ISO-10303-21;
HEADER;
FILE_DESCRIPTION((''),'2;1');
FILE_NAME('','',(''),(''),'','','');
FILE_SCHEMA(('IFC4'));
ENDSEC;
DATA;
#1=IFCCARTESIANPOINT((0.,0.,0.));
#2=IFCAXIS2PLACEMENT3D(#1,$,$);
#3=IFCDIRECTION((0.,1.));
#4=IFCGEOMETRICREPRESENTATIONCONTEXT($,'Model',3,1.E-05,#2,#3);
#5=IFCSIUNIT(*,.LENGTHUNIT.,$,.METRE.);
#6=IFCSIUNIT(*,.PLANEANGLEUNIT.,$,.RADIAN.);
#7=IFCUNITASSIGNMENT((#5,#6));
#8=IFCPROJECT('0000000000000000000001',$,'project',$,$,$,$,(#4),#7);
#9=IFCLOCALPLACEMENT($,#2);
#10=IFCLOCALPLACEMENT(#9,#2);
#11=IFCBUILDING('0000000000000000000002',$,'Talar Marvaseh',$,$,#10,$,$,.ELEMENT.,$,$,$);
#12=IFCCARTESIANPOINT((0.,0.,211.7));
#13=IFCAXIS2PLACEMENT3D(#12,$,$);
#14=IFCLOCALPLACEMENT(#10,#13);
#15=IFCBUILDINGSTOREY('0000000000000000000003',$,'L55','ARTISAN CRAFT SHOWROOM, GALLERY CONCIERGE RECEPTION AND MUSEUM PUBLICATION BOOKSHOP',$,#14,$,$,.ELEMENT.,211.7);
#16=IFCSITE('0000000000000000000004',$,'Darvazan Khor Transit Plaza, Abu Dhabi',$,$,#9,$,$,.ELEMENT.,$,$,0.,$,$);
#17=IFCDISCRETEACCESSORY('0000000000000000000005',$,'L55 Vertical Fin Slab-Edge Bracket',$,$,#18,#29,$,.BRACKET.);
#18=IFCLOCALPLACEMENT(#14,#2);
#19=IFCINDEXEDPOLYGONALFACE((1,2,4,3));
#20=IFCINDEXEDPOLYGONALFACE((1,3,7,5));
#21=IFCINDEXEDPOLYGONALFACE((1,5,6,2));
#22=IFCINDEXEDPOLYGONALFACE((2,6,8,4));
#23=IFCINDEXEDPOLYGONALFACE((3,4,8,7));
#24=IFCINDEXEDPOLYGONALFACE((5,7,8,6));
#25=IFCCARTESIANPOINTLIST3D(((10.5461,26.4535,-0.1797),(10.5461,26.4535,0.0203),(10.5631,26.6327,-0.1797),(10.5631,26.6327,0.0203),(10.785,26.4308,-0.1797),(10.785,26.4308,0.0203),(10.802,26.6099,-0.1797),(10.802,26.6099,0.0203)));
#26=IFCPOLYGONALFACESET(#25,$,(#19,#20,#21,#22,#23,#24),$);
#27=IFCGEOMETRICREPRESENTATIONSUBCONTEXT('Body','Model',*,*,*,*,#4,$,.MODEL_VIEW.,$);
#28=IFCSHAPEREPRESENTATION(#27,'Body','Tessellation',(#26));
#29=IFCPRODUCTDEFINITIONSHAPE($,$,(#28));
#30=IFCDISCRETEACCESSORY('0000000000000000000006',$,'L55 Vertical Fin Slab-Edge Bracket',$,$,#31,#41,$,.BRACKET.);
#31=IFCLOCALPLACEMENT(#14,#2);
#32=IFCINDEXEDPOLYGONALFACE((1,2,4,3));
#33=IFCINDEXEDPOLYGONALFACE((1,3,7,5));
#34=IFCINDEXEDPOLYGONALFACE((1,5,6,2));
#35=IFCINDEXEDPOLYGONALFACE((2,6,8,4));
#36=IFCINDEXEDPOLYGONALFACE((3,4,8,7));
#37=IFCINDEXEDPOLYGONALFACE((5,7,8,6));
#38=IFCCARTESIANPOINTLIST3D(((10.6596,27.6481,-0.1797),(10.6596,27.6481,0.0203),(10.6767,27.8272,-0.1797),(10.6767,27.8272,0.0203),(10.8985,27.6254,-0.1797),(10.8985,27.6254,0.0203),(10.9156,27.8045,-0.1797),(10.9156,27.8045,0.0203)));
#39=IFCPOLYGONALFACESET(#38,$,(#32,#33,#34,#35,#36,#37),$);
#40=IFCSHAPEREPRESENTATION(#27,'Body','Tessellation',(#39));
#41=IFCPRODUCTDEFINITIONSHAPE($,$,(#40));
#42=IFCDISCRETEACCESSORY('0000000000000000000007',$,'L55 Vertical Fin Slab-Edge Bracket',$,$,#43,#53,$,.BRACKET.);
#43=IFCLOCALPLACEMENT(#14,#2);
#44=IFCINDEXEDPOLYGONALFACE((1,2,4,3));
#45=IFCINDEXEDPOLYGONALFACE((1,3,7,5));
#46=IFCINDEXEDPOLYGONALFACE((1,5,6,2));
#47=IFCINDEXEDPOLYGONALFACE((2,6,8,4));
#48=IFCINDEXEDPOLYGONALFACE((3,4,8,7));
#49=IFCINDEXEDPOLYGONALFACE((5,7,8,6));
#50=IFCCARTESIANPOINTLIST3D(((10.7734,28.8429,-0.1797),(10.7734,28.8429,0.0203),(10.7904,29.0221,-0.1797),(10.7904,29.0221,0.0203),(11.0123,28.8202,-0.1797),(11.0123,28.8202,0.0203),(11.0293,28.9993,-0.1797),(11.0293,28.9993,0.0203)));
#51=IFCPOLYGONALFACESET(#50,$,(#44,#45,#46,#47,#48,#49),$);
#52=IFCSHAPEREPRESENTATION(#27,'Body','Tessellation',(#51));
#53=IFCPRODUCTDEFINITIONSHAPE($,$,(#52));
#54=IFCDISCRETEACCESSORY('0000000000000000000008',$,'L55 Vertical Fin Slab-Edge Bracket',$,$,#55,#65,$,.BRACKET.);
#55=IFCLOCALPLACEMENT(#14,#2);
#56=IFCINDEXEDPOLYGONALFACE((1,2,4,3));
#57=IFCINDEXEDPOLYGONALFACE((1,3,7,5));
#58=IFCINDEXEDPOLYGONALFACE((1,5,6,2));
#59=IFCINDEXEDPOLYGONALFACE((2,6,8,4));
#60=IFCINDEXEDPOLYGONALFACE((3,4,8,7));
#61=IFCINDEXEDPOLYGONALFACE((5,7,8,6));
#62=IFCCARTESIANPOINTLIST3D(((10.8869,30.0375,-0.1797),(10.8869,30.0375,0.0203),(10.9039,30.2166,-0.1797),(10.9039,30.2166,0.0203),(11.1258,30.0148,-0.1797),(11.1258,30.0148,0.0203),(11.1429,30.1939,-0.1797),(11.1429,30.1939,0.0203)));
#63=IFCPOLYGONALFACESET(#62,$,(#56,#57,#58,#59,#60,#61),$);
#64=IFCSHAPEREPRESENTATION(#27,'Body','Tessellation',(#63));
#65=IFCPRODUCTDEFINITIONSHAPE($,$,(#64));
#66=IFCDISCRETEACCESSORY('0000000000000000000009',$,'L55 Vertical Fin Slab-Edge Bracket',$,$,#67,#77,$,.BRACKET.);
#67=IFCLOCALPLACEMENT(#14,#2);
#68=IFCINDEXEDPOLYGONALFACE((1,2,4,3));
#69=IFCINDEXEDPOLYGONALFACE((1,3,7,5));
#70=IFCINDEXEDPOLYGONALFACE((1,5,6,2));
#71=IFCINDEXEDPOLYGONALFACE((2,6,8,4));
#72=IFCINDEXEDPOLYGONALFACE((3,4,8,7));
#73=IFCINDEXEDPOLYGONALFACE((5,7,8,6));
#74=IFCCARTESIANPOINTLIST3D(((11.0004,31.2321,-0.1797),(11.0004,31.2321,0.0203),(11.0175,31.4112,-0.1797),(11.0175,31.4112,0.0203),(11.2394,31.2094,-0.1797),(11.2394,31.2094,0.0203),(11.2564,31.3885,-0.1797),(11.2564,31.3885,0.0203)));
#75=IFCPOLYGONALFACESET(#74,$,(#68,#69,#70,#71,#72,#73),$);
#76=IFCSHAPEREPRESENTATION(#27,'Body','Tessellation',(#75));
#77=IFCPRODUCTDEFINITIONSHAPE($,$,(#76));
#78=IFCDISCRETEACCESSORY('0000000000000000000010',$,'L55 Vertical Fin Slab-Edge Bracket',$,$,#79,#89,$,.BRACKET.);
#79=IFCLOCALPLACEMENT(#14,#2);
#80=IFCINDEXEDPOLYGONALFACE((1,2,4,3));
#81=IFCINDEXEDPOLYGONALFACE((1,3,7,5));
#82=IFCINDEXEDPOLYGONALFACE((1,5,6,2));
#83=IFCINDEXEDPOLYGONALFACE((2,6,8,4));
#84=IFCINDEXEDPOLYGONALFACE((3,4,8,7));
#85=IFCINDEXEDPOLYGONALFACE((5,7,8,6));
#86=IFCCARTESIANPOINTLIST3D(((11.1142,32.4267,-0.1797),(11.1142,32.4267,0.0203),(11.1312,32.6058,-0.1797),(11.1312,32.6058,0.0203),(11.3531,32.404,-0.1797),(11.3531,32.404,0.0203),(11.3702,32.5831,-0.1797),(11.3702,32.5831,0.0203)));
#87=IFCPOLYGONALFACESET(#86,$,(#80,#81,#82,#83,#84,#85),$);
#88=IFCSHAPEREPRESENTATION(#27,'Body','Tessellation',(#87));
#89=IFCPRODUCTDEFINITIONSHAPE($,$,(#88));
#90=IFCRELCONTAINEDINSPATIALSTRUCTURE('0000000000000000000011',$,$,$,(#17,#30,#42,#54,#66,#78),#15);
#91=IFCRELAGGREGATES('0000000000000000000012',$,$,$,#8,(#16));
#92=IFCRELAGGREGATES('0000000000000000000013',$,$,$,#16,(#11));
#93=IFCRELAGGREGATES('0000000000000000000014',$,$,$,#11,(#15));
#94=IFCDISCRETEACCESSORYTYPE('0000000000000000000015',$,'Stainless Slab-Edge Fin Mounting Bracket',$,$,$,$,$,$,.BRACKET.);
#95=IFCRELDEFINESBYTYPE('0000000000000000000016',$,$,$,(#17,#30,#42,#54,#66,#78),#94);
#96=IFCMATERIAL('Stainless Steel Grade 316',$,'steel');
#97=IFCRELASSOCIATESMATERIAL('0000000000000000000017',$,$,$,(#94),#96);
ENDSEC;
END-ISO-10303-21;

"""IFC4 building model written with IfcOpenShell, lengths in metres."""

from ifc_helpers import new_model, si_unit, direction, frame, origin, origin_2d, place, context, subcontext, project, spatial, rectangle, extrude, source, transform, mapped, material, type_object, type_shapes, element, save


model = new_model("IFC4")

# Units and contexts
model_context = context("Model", 3, precision=1e-05, world=origin(), true_north=direction((0.0, 1.0)))
body_context = subcontext(model_context, "Body", "Model", "MODEL_VIEW")
ifc_project = project(units=[si_unit("LENGTHUNIT", "METRE"), si_unit("PLANEANGLEUNIT", "RADIAN")], contexts=[model_context])

# Site, building, storey
site_placement = place(None, origin())
site = spatial("IfcSite", under=ifc_project, at=site_placement, Name="Darvazan Khor Transit Plaza, Abu Dhabi", CompositionType="ELEMENT", RefElevation=0.0)
building_placement = place(site_placement, origin())
building = spatial("IfcBuilding", under=site, at=building_placement, Name="Talar Marvaseh", CompositionType="ELEMENT")
storey_placement = place(building_placement, frame((0.0, 0.0, 211.7)))
storey = spatial("IfcBuildingStorey", under=building, at=storey_placement, Name="L55", Description="ARTISAN CRAFT SHOWROOM, GALLERY CONCIERGE RECEPTION AND MUSEUM PUBLICATION BOOKSHOP", CompositionType="ELEMENT", Elevation=211.7)

# Shared definitions
ifc_material_1 = material(Name="Stainless Steel Grade 316", Category="steel")

# Discrete accessories
discrete_accessory_type = type_object("IfcDiscreteAccessoryType", Name="Stainless Slab-Edge Fin Mounting Bracket", PredefinedType="BRACKET", material=ifc_material_1)
shared_shape_1 = source(origin(), body_context, "Body", "SweptSolid", [
    extrude(rectangle(XDim=0.24, YDim=0.1799, at=origin_2d()), origin(), (0.0, 0.0, 1.0), 0.2),
])
type_shapes(discrete_accessory_type, [shared_shape_1])
for number, where, z_axis, x_axis, name in (
    (1, (10.6741, 26.5317, -0.1797), (0.0, 0.0, 1.0), (-0.995513, 0.09463, 0.0), "L55 Vertical Fin Slab-Edge Bracket"),
    (2, (10.7876, 27.7263, -0.1797), (0.0, 0.0, 1.0), (-0.995513, 0.09463, 0.0), "L55 Vertical Fin Slab-Edge Bracket"),
    (3, (10.9014, 28.9211, -0.1797), (0.0, 0.0, 1.0), (-0.995513, 0.09463, 0.0), "L55 Vertical Fin Slab-Edge Bracket"),
    (4, (11.0149, 30.1157, -0.1797), (0.0, 0.0, 1.0), (-0.995513, 0.09463, 0.0), "L55 Vertical Fin Slab-Edge Bracket"),
    (5, (11.1284, 31.3103, -0.1797), (0.0, 0.0, 1.0), (-0.995513, 0.09463, 0.0), "L55 Vertical Fin Slab-Edge Bracket"),
    (6, (11.2422, 32.5049, -0.1797), (0.0, 0.0, 1.0), (-0.995513, 0.09463, 0.0), "L55 Vertical Fin Slab-Edge Bracket"),
):
    element("IfcDiscreteAccessory", number, at=place(storey_placement, frame(where, z_axis=z_axis, x_axis=x_axis)), inside=storey, type_object=discrete_accessory_type, Name=name, PredefinedType="BRACKET", context=body_context, shape_type="MappedRepresentation", body=[
        mapped(shared_shape_1, transform((0.0, 0.0, 0.0), x_axis=(1.0, 0.0, 0.0), y_axis=(0.0, 1.0, 0.0), z_axis=(0.0, 0.0, 1.0), scale=1.0)),
    ])

save(model, "model.ifc")
